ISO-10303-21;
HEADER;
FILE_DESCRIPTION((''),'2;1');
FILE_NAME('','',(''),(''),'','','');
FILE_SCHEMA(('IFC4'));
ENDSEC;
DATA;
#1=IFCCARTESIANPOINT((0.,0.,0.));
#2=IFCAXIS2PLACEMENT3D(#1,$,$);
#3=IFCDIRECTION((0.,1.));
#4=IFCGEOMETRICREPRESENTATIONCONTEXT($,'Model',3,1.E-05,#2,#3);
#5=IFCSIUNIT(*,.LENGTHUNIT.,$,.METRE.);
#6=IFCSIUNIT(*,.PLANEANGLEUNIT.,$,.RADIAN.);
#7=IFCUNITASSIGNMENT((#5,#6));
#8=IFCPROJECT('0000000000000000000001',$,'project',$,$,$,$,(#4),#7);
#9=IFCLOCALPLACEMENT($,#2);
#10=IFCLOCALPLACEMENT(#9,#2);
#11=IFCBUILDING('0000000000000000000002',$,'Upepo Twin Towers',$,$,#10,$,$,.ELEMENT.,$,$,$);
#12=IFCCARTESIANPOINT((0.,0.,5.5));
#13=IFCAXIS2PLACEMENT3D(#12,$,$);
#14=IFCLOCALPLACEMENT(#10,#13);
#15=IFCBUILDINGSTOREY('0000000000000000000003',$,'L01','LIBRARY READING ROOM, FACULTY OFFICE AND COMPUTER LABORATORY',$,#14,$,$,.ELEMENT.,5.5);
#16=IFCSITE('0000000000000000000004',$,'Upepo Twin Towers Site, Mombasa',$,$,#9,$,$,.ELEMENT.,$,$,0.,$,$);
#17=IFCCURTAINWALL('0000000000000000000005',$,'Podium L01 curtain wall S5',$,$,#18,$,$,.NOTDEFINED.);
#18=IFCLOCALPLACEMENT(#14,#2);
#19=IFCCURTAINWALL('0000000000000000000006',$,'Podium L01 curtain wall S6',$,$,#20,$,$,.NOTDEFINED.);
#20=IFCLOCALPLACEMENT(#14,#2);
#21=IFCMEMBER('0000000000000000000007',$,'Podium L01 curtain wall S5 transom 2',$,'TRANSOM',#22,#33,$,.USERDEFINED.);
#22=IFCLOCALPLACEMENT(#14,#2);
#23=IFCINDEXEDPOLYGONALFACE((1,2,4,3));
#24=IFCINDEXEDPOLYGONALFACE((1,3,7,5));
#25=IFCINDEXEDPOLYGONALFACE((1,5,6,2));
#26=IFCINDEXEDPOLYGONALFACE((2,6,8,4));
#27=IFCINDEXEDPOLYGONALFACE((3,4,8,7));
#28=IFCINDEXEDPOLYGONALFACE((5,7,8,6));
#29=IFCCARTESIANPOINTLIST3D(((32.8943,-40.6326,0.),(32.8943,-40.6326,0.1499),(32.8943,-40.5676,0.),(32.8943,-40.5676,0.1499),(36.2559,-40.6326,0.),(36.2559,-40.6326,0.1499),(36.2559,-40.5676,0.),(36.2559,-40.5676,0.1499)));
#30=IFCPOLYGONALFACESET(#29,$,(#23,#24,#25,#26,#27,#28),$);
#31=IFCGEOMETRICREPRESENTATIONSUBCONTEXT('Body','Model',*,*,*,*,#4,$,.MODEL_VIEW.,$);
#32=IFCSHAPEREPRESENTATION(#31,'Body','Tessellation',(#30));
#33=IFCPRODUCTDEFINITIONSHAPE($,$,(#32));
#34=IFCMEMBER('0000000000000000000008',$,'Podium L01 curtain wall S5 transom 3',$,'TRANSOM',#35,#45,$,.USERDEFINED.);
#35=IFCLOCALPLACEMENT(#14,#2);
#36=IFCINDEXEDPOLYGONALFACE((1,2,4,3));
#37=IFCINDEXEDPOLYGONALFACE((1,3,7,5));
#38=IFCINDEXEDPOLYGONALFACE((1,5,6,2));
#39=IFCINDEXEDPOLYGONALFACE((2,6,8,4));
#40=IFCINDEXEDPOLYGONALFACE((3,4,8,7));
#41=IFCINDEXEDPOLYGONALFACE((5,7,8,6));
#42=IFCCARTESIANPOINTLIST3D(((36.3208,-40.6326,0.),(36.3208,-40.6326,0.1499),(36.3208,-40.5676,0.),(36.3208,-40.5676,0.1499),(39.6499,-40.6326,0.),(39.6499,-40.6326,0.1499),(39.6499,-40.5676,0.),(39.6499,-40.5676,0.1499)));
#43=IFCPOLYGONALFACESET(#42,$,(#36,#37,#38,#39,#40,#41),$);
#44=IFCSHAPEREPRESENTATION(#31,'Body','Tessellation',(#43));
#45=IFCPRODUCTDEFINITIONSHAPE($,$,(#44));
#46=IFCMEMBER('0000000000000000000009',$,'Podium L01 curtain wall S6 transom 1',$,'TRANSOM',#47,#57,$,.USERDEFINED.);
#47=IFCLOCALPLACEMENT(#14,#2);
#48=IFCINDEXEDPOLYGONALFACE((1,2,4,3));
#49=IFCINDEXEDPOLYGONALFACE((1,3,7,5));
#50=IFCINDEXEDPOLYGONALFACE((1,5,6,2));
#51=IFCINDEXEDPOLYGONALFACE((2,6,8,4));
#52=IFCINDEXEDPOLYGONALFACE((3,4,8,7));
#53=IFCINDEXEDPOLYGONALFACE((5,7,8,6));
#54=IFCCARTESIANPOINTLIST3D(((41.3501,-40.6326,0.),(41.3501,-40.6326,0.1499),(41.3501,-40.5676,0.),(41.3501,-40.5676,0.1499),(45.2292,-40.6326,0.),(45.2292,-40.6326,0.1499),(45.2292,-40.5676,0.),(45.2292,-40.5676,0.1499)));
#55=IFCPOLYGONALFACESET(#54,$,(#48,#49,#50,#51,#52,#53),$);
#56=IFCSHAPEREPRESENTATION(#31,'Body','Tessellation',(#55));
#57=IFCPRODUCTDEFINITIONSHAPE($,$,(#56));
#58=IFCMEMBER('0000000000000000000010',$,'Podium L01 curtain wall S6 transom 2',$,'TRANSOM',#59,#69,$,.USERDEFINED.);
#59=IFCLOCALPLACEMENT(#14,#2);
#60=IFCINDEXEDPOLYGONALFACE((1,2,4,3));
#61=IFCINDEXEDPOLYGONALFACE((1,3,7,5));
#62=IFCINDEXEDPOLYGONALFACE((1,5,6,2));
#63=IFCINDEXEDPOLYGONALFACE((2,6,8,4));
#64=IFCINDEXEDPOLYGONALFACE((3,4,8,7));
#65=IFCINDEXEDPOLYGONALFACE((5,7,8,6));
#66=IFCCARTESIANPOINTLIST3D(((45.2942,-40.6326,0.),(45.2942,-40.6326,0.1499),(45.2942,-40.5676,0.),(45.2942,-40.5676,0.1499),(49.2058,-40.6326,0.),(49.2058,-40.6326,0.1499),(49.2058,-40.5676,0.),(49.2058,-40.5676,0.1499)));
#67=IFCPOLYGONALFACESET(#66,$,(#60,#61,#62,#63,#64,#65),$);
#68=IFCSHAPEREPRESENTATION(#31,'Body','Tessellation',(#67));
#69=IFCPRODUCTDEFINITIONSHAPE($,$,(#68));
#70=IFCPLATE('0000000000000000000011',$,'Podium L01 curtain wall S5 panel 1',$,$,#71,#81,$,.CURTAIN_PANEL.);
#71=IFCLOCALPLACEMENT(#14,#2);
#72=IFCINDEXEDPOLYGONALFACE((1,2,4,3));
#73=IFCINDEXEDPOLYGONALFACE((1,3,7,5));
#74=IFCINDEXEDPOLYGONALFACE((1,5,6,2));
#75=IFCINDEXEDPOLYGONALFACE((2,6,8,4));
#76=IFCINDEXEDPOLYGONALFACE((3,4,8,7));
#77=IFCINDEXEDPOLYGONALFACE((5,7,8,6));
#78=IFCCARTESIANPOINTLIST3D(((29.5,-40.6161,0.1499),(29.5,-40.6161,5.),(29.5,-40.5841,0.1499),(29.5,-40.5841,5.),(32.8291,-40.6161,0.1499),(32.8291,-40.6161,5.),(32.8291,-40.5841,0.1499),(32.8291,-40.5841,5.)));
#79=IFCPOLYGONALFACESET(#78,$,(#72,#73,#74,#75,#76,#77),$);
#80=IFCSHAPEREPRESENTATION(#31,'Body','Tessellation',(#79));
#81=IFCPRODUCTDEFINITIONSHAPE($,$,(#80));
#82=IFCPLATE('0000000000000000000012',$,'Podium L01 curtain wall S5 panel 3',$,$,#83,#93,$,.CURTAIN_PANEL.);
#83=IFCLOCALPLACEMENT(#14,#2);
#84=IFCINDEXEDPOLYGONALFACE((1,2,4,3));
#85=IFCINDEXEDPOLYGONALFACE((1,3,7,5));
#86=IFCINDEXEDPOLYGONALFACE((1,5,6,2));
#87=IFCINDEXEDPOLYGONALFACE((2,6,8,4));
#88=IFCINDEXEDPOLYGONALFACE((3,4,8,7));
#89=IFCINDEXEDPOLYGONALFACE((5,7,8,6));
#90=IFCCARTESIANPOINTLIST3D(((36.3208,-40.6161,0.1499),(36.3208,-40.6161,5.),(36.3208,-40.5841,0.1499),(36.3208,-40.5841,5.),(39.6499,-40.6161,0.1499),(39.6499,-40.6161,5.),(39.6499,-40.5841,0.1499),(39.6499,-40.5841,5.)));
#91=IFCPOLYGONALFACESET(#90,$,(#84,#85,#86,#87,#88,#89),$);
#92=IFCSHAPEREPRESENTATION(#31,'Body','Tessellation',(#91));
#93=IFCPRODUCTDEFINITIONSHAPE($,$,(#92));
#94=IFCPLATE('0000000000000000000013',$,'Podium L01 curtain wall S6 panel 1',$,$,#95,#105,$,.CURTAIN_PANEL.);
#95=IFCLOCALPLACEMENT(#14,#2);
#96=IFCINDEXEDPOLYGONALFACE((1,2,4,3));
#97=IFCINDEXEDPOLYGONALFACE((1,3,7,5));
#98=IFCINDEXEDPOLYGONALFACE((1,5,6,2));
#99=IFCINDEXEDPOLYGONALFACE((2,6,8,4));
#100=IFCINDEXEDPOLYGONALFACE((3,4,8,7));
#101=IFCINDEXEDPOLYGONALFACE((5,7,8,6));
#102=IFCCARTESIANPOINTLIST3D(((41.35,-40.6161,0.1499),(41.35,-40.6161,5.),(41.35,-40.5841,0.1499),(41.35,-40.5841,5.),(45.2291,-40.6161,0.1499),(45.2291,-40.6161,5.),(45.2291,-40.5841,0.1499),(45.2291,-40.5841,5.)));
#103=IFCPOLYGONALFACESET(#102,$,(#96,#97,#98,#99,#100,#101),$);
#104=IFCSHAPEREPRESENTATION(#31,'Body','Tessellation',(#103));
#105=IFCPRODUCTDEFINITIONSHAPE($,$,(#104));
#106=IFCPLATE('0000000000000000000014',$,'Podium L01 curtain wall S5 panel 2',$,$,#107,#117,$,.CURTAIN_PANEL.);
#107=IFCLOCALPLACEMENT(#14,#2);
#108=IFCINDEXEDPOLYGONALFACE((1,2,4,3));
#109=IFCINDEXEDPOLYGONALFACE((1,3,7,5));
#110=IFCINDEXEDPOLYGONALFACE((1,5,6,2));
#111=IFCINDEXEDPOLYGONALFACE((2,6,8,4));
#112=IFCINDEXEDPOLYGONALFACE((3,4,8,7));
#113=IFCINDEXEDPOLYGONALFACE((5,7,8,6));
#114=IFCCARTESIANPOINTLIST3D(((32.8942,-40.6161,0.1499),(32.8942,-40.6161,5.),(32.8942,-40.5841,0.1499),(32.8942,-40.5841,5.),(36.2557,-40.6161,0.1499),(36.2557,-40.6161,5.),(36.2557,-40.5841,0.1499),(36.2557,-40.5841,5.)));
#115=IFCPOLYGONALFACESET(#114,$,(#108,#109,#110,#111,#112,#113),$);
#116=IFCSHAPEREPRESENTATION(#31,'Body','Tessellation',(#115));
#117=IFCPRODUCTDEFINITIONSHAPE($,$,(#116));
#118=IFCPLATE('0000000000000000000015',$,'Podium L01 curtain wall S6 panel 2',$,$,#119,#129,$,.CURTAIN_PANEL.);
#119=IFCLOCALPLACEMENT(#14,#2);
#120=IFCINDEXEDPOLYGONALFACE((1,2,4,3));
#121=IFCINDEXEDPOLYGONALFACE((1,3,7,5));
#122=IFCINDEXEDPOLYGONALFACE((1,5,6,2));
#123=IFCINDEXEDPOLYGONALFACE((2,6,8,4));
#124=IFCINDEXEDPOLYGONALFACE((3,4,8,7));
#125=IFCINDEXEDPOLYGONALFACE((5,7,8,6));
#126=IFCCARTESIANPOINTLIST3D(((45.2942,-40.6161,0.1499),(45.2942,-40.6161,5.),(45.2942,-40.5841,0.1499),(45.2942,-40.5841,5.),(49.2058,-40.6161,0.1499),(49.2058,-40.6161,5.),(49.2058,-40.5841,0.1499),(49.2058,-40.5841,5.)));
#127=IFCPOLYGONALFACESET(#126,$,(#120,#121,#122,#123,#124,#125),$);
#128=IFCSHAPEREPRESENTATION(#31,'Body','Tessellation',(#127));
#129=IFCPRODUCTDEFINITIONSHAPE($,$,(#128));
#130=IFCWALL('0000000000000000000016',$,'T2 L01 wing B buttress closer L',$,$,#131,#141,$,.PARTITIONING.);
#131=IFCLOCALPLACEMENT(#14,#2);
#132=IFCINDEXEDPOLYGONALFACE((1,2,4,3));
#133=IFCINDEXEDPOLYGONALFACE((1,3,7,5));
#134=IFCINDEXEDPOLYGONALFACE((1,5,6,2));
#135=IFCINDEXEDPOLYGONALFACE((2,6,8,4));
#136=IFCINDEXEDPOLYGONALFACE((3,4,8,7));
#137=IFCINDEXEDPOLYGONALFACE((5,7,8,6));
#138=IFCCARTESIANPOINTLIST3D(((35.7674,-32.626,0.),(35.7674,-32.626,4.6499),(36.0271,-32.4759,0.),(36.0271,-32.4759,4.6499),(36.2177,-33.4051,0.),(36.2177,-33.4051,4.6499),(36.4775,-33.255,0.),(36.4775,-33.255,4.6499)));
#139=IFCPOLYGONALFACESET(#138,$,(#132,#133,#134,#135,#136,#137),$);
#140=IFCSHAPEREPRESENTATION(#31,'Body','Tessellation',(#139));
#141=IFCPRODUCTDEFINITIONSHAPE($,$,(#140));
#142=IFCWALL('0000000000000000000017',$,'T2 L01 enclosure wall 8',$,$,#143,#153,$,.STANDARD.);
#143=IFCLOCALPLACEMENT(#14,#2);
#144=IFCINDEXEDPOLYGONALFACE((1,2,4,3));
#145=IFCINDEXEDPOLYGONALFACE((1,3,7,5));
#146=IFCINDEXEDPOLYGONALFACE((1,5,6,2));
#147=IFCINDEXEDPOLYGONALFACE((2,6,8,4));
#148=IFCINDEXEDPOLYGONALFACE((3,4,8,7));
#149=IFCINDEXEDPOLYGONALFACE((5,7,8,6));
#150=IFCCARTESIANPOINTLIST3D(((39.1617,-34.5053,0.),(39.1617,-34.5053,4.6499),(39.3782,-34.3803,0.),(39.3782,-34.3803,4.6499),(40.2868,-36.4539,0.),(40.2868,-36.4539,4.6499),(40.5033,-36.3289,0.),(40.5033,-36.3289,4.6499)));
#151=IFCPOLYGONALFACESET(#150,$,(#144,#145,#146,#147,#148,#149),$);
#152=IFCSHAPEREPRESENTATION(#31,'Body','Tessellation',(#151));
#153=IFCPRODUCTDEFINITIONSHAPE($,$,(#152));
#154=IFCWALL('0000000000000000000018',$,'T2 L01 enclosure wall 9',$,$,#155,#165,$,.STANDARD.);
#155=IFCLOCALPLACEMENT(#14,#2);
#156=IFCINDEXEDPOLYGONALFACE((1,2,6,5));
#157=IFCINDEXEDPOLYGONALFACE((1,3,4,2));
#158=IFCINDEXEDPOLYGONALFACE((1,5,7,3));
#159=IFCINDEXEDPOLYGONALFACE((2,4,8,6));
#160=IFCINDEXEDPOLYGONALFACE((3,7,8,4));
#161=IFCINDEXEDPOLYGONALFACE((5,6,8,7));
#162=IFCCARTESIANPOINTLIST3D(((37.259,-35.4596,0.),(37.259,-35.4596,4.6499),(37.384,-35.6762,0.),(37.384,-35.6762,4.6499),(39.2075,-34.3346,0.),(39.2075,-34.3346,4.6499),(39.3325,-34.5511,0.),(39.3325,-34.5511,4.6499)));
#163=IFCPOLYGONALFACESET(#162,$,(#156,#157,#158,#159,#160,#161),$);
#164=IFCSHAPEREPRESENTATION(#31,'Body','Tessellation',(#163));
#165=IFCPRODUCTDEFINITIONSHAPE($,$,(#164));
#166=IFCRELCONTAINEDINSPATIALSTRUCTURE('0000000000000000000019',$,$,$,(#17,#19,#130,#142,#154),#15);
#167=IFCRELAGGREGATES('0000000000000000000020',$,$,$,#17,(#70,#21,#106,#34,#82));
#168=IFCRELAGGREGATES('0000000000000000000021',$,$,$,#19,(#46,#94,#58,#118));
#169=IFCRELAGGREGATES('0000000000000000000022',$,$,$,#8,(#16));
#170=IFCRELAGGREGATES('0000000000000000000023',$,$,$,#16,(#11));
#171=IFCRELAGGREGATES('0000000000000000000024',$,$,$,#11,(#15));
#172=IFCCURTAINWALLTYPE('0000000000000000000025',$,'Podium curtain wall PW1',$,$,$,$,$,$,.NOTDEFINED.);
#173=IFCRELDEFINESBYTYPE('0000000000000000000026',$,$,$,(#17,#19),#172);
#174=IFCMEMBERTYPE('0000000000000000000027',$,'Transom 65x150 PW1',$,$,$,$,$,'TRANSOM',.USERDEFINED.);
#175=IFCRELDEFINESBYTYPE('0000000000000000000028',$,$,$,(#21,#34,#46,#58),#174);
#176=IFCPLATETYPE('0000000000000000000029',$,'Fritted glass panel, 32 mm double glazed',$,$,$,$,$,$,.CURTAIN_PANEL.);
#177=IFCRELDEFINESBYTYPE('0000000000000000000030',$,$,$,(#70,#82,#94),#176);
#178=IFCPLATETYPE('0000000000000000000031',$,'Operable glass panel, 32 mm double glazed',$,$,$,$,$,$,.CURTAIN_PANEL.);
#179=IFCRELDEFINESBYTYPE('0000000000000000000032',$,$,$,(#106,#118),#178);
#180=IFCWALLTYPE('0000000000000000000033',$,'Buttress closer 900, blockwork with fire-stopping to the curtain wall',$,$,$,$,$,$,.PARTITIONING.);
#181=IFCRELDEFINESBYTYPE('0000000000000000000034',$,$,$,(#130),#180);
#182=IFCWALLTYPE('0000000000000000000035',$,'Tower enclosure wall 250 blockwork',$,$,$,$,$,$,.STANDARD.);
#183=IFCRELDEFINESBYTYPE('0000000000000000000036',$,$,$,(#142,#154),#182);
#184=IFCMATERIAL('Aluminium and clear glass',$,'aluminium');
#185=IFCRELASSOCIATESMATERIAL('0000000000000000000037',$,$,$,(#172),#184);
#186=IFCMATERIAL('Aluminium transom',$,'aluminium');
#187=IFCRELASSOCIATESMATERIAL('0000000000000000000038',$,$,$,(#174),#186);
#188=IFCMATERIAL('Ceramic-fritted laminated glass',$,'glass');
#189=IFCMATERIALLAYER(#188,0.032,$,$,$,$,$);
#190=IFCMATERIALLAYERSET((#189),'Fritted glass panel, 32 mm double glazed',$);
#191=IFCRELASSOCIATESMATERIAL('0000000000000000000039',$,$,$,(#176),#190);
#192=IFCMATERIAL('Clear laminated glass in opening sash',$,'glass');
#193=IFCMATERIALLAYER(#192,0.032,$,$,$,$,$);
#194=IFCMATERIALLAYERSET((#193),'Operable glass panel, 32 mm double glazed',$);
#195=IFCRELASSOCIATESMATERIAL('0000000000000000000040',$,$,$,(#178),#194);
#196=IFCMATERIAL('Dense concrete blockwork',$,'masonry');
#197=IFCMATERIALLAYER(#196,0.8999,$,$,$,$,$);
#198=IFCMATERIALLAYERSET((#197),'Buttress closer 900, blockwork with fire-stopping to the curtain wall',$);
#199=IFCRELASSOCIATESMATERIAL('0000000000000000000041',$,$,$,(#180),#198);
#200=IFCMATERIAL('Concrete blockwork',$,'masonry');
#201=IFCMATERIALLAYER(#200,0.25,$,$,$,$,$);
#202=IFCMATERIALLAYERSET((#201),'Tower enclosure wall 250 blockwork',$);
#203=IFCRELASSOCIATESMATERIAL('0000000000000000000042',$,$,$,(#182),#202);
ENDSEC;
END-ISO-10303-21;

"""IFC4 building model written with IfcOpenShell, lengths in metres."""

from ifc_helpers import new_model, si_unit, direction, frame, frame_2d, origin, origin_2d, place, context, subcontext, project, spatial, rectangle, extrude, material, layer, layer_set, material_profile, profile_set, type_object, element, aggregate, save


model = new_model("IFC4")

# Units and contexts
model_context = context("Model", 3, precision=1e-05, world=origin(), true_north=direction((0.0, 1.0)))
body_context = subcontext(model_context, "Body", "Model", "MODEL_VIEW")
ifc_project = project(units=[si_unit("LENGTHUNIT", "METRE"), si_unit("PLANEANGLEUNIT", "RADIAN")], contexts=[model_context])

# Site, building, storey
site_placement = place(None, origin())
site = spatial("IfcSite", under=ifc_project, at=site_placement, Name="Upepo Twin Towers Site, Mombasa", CompositionType="ELEMENT", RefElevation=0.0)
building_placement = place(site_placement, origin())
building = spatial("IfcBuilding", under=site, at=building_placement, Name="Upepo Twin Towers", CompositionType="ELEMENT")
storey_placement = place(building_placement, frame((0.0, 0.0, 5.5)))
storey = spatial("IfcBuildingStorey", under=building, at=storey_placement, Name="L01", Description="LIBRARY READING ROOM, FACULTY OFFICE AND COMPUTER LABORATORY", CompositionType="ELEMENT", Elevation=5.5)

# Curtain walls
ifc_material_1 = material(Name="Aluminium and clear glass", Category="aluminium")
curtain_wall_type = type_object("IfcCurtainWallType", Name="Podium curtain wall PW1", PredefinedType="NOTDEFINED", material=ifc_material_1)
curtain_wall_1_placement = place(storey_placement, origin())
curtain_wall_1 = element("IfcCurtainWall", 1, at=curtain_wall_1_placement, inside=storey, type_object=curtain_wall_type, Name="Podium L01 curtain wall S5", PredefinedType="NOTDEFINED")
curtain_wall_2_placement = place(storey_placement, origin())
curtain_wall_2 = element("IfcCurtainWall", 2, at=curtain_wall_2_placement, inside=storey, type_object=curtain_wall_type, Name="Podium L01 curtain wall S6", PredefinedType="NOTDEFINED")

# Members
ifc_material_2 = material(Name="Aluminium transom", Category="aluminium")
ifc_material_profile_1 = material_profile(ifc_material_2, rectangle(XDim=0.0649, YDim=0.1499, at=origin_2d()), Name="TRANSOM 65x150 PODIUM")
ifc_profile_set_1 = profile_set([ifc_material_profile_1], Name="Aluminium transom")
member_type_1 = type_object("IfcMemberType", Name="Transom 65x150 PW1", ElementType="TRANSOM", PredefinedType="USERDEFINED", material=ifc_profile_set_1)
member_1_placement = place(storey_placement, frame((32.8943, -40.6001, 0.075), z_axis=(1.0, 0.0, 0.0), x_axis=(0.0, 1.0, 0.0)))
member_1 = element("IfcMember", 3, at=member_1_placement, type_object=member_type_1, Name="Podium L01 curtain wall S5 transom 2", ObjectType="TRANSOM", PredefinedType="USERDEFINED", context=body_context, shape_type="SweptSolid", body=[
    extrude(rectangle(XDim=0.0649, YDim=0.1499, at=origin_2d()), origin(), (0.0, 0.0, 1.0), 3.3616),
])
member_2_placement = place(storey_placement, frame((36.3208, -40.6001, 0.075), z_axis=(1.0, 0.0, 0.0), x_axis=(0.0, 1.0, 0.0)))
member_2 = element("IfcMember", 4, at=member_2_placement, type_object=member_type_1, Name="Podium L01 curtain wall S5 transom 3", ObjectType="TRANSOM", PredefinedType="USERDEFINED", context=body_context, shape_type="SweptSolid", body=[
    extrude(rectangle(XDim=0.0649, YDim=0.1499, at=origin_2d()), origin(), (0.0, 0.0, 1.0), 3.3291),
])
member_3_placement = place(storey_placement, frame((41.3501, -40.6001, 0.075), z_axis=(1.0, 0.0, 0.0), x_axis=(0.0, 1.0, 0.0)))
member_3 = element("IfcMember", 5, at=member_3_placement, type_object=member_type_1, Name="Podium L01 curtain wall S6 transom 1", ObjectType="TRANSOM", PredefinedType="USERDEFINED", context=body_context, shape_type="SweptSolid", body=[
    extrude(rectangle(XDim=0.0649, YDim=0.1499, at=origin_2d()), origin(), (0.0, 0.0, 1.0), 3.8792),
])
member_4_placement = place(storey_placement, frame((45.2942, -40.6001, 0.075), z_axis=(1.0, 0.0, 0.0), x_axis=(0.0, 1.0, 0.0)))
member_4 = element("IfcMember", 6, at=member_4_placement, type_object=member_type_1, Name="Podium L01 curtain wall S6 transom 2", ObjectType="TRANSOM", PredefinedType="USERDEFINED", context=body_context, shape_type="SweptSolid", body=[
    extrude(rectangle(XDim=0.0649, YDim=0.1499, at=origin_2d()), origin(), (0.0, 0.0, 1.0), 3.9116),
])

# Plates
ifc_material_3 = material(Name="Ceramic-fritted laminated glass", Category="glass")
ifc_layer_1 = layer(ifc_material_3, 0.032)
ifc_layer_set_1 = layer_set([ifc_layer_1], Name="Fritted glass panel, 32 mm double glazed")
plate_type_1 = type_object("IfcPlateType", Name="Fritted glass panel, 32 mm double glazed", PredefinedType="CURTAIN_PANEL", material=ifc_layer_set_1)
plate_1_placement = place(storey_placement, frame((31.1646, -40.6001, 0.1499), z_axis=(0.0, 0.0, 1.0), x_axis=(1.0, 0.0, 0.0)))
plate_1 = element("IfcPlate", 7, at=plate_1_placement, type_object=plate_type_1, Name="Podium L01 curtain wall S5 panel 1", PredefinedType="CURTAIN_PANEL", context=body_context, shape_type="SweptSolid", body=[
    extrude(rectangle(XDim=3.3291, YDim=0.032, at=origin_2d()), origin(), (0.0, 0.0, 1.0), 4.8501),
])
plate_2_placement = place(storey_placement, frame((37.9854, -40.6001, 0.1499), z_axis=(0.0, 0.0, 1.0), x_axis=(1.0, 0.0, 0.0)))
plate_2 = element("IfcPlate", 8, at=plate_2_placement, type_object=plate_type_1, Name="Podium L01 curtain wall S5 panel 3", PredefinedType="CURTAIN_PANEL", context=body_context, shape_type="SweptSolid", body=[
    extrude(rectangle(XDim=3.3291, YDim=0.032, at=origin_2d()), origin(), (0.0, 0.0, 1.0), 4.8501),
])
plate_3_placement = place(storey_placement, frame((43.2896, -40.6001, 0.1499), z_axis=(0.0, 0.0, 1.0), x_axis=(1.0, 0.0, 0.0)))
plate_3 = element("IfcPlate", 9, at=plate_3_placement, type_object=plate_type_1, Name="Podium L01 curtain wall S6 panel 1", PredefinedType="CURTAIN_PANEL", context=body_context, shape_type="SweptSolid", body=[
    extrude(rectangle(XDim=3.8792, YDim=0.032, at=origin_2d()), origin(), (0.0, 0.0, 1.0), 4.8501),
])
ifc_material_4 = material(Name="Clear laminated glass in opening sash", Category="glass")
ifc_layer_2 = layer(ifc_material_4, 0.032)
ifc_layer_set_2 = layer_set([ifc_layer_2], Name="Operable glass panel, 32 mm double glazed")
plate_type_2 = type_object("IfcPlateType", Name="Operable glass panel, 32 mm double glazed", PredefinedType="CURTAIN_PANEL", material=ifc_layer_set_2)
plate_4_placement = place(storey_placement, frame((34.575, -40.6001, 0.1499), z_axis=(0.0, 0.0, 1.0), x_axis=(1.0, 0.0, 0.0)))
plate_4 = element("IfcPlate", 10, at=plate_4_placement, type_object=plate_type_2, Name="Podium L01 curtain wall S5 panel 2", PredefinedType="CURTAIN_PANEL", context=body_context, shape_type="SweptSolid", body=[
    extrude(rectangle(XDim=3.3616, YDim=0.032, at=origin_2d()), origin(), (0.0, 0.0, 1.0), 4.8501),
])
aggregate(curtain_wall_1, [plate_1, member_1, plate_4, member_2, plate_2])
plate_5_placement = place(storey_placement, frame((47.25, -40.6001, 0.1499), z_axis=(0.0, 0.0, 1.0), x_axis=(1.0, 0.0, 0.0)))
plate_5 = element("IfcPlate", 11, at=plate_5_placement, type_object=plate_type_2, Name="Podium L01 curtain wall S6 panel 2", PredefinedType="CURTAIN_PANEL", context=body_context, shape_type="SweptSolid", body=[
    extrude(rectangle(XDim=3.9116, YDim=0.032, at=origin_2d()), origin(), (0.0, 0.0, 1.0), 4.8501),
])
aggregate(curtain_wall_2, [member_3, plate_3, member_4, plate_5])

# Wall
ifc_material_5 = material(Name="Dense concrete blockwork", Category="masonry")
ifc_layer_3 = layer(ifc_material_5, 0.8999)
ifc_layer_set_3 = layer_set([ifc_layer_3], Name="Buttress closer 900, blockwork with fire-stopping to the curtain wall")
wall_type_1 = type_object("IfcWallType", Name="Buttress closer 900, blockwork with fire-stopping to the curtain wall", PredefinedType="PARTITIONING", material=ifc_layer_set_3)
wall_1_placement = place(storey_placement, frame((36.2522, -32.8655, 0.0), z_axis=(0.0, 0.0, 1.0), x_axis=(-0.865779, -0.500427, 0.0)))
element("IfcWall", 12, at=wall_1_placement, inside=storey, type_object=wall_type_1, Name="T2 L01 wing B buttress closer L", PredefinedType="PARTITIONING", context=body_context, shape_type="SweptSolid", body=[
    extrude(rectangle(XDim=0.3, YDim=0.8999, at=frame_2d((0.1499, 0.0))), origin(), (0.0, 0.0, 1.0), 4.6499),
])

# Walls
ifc_material_6 = material(Name="Concrete blockwork", Category="masonry")
ifc_layer_4 = layer(ifc_material_6, 0.25)
ifc_layer_set_4 = layer_set([ifc_layer_4], Name="Tower enclosure wall 250 blockwork")
wall_type_2 = type_object("IfcWallType", Name="Tower enclosure wall 250 blockwork", PredefinedType="STANDARD", material=ifc_layer_set_4)
for number, where, z_axis, x_axis, name in (
    (13, (40.395, -36.3914, 0.0), (0.0, 0.0, 1.0), (-0.500014, 0.866018, 0.0), "T2 L01 enclosure wall 8"),
    (14, (39.27, -34.4429, 0.0), (0.0, 0.0, 1.0), (-0.866018, -0.500014, 0.0), "T2 L01 enclosure wall 9"),
):
    element("IfcWall", number, at=place(storey_placement, frame(where, z_axis=z_axis, x_axis=x_axis)), inside=storey, type_object=wall_type_2, Name=name, PredefinedType="STANDARD", context=body_context, shape_type="SweptSolid", body=[
        extrude(rectangle(XDim=2.25, YDim=0.25, at=frame_2d((1.125, 0.0))), origin(), (0.0, 0.0, 1.0), 4.6499),
    ])

save(model, "model.ifc")
